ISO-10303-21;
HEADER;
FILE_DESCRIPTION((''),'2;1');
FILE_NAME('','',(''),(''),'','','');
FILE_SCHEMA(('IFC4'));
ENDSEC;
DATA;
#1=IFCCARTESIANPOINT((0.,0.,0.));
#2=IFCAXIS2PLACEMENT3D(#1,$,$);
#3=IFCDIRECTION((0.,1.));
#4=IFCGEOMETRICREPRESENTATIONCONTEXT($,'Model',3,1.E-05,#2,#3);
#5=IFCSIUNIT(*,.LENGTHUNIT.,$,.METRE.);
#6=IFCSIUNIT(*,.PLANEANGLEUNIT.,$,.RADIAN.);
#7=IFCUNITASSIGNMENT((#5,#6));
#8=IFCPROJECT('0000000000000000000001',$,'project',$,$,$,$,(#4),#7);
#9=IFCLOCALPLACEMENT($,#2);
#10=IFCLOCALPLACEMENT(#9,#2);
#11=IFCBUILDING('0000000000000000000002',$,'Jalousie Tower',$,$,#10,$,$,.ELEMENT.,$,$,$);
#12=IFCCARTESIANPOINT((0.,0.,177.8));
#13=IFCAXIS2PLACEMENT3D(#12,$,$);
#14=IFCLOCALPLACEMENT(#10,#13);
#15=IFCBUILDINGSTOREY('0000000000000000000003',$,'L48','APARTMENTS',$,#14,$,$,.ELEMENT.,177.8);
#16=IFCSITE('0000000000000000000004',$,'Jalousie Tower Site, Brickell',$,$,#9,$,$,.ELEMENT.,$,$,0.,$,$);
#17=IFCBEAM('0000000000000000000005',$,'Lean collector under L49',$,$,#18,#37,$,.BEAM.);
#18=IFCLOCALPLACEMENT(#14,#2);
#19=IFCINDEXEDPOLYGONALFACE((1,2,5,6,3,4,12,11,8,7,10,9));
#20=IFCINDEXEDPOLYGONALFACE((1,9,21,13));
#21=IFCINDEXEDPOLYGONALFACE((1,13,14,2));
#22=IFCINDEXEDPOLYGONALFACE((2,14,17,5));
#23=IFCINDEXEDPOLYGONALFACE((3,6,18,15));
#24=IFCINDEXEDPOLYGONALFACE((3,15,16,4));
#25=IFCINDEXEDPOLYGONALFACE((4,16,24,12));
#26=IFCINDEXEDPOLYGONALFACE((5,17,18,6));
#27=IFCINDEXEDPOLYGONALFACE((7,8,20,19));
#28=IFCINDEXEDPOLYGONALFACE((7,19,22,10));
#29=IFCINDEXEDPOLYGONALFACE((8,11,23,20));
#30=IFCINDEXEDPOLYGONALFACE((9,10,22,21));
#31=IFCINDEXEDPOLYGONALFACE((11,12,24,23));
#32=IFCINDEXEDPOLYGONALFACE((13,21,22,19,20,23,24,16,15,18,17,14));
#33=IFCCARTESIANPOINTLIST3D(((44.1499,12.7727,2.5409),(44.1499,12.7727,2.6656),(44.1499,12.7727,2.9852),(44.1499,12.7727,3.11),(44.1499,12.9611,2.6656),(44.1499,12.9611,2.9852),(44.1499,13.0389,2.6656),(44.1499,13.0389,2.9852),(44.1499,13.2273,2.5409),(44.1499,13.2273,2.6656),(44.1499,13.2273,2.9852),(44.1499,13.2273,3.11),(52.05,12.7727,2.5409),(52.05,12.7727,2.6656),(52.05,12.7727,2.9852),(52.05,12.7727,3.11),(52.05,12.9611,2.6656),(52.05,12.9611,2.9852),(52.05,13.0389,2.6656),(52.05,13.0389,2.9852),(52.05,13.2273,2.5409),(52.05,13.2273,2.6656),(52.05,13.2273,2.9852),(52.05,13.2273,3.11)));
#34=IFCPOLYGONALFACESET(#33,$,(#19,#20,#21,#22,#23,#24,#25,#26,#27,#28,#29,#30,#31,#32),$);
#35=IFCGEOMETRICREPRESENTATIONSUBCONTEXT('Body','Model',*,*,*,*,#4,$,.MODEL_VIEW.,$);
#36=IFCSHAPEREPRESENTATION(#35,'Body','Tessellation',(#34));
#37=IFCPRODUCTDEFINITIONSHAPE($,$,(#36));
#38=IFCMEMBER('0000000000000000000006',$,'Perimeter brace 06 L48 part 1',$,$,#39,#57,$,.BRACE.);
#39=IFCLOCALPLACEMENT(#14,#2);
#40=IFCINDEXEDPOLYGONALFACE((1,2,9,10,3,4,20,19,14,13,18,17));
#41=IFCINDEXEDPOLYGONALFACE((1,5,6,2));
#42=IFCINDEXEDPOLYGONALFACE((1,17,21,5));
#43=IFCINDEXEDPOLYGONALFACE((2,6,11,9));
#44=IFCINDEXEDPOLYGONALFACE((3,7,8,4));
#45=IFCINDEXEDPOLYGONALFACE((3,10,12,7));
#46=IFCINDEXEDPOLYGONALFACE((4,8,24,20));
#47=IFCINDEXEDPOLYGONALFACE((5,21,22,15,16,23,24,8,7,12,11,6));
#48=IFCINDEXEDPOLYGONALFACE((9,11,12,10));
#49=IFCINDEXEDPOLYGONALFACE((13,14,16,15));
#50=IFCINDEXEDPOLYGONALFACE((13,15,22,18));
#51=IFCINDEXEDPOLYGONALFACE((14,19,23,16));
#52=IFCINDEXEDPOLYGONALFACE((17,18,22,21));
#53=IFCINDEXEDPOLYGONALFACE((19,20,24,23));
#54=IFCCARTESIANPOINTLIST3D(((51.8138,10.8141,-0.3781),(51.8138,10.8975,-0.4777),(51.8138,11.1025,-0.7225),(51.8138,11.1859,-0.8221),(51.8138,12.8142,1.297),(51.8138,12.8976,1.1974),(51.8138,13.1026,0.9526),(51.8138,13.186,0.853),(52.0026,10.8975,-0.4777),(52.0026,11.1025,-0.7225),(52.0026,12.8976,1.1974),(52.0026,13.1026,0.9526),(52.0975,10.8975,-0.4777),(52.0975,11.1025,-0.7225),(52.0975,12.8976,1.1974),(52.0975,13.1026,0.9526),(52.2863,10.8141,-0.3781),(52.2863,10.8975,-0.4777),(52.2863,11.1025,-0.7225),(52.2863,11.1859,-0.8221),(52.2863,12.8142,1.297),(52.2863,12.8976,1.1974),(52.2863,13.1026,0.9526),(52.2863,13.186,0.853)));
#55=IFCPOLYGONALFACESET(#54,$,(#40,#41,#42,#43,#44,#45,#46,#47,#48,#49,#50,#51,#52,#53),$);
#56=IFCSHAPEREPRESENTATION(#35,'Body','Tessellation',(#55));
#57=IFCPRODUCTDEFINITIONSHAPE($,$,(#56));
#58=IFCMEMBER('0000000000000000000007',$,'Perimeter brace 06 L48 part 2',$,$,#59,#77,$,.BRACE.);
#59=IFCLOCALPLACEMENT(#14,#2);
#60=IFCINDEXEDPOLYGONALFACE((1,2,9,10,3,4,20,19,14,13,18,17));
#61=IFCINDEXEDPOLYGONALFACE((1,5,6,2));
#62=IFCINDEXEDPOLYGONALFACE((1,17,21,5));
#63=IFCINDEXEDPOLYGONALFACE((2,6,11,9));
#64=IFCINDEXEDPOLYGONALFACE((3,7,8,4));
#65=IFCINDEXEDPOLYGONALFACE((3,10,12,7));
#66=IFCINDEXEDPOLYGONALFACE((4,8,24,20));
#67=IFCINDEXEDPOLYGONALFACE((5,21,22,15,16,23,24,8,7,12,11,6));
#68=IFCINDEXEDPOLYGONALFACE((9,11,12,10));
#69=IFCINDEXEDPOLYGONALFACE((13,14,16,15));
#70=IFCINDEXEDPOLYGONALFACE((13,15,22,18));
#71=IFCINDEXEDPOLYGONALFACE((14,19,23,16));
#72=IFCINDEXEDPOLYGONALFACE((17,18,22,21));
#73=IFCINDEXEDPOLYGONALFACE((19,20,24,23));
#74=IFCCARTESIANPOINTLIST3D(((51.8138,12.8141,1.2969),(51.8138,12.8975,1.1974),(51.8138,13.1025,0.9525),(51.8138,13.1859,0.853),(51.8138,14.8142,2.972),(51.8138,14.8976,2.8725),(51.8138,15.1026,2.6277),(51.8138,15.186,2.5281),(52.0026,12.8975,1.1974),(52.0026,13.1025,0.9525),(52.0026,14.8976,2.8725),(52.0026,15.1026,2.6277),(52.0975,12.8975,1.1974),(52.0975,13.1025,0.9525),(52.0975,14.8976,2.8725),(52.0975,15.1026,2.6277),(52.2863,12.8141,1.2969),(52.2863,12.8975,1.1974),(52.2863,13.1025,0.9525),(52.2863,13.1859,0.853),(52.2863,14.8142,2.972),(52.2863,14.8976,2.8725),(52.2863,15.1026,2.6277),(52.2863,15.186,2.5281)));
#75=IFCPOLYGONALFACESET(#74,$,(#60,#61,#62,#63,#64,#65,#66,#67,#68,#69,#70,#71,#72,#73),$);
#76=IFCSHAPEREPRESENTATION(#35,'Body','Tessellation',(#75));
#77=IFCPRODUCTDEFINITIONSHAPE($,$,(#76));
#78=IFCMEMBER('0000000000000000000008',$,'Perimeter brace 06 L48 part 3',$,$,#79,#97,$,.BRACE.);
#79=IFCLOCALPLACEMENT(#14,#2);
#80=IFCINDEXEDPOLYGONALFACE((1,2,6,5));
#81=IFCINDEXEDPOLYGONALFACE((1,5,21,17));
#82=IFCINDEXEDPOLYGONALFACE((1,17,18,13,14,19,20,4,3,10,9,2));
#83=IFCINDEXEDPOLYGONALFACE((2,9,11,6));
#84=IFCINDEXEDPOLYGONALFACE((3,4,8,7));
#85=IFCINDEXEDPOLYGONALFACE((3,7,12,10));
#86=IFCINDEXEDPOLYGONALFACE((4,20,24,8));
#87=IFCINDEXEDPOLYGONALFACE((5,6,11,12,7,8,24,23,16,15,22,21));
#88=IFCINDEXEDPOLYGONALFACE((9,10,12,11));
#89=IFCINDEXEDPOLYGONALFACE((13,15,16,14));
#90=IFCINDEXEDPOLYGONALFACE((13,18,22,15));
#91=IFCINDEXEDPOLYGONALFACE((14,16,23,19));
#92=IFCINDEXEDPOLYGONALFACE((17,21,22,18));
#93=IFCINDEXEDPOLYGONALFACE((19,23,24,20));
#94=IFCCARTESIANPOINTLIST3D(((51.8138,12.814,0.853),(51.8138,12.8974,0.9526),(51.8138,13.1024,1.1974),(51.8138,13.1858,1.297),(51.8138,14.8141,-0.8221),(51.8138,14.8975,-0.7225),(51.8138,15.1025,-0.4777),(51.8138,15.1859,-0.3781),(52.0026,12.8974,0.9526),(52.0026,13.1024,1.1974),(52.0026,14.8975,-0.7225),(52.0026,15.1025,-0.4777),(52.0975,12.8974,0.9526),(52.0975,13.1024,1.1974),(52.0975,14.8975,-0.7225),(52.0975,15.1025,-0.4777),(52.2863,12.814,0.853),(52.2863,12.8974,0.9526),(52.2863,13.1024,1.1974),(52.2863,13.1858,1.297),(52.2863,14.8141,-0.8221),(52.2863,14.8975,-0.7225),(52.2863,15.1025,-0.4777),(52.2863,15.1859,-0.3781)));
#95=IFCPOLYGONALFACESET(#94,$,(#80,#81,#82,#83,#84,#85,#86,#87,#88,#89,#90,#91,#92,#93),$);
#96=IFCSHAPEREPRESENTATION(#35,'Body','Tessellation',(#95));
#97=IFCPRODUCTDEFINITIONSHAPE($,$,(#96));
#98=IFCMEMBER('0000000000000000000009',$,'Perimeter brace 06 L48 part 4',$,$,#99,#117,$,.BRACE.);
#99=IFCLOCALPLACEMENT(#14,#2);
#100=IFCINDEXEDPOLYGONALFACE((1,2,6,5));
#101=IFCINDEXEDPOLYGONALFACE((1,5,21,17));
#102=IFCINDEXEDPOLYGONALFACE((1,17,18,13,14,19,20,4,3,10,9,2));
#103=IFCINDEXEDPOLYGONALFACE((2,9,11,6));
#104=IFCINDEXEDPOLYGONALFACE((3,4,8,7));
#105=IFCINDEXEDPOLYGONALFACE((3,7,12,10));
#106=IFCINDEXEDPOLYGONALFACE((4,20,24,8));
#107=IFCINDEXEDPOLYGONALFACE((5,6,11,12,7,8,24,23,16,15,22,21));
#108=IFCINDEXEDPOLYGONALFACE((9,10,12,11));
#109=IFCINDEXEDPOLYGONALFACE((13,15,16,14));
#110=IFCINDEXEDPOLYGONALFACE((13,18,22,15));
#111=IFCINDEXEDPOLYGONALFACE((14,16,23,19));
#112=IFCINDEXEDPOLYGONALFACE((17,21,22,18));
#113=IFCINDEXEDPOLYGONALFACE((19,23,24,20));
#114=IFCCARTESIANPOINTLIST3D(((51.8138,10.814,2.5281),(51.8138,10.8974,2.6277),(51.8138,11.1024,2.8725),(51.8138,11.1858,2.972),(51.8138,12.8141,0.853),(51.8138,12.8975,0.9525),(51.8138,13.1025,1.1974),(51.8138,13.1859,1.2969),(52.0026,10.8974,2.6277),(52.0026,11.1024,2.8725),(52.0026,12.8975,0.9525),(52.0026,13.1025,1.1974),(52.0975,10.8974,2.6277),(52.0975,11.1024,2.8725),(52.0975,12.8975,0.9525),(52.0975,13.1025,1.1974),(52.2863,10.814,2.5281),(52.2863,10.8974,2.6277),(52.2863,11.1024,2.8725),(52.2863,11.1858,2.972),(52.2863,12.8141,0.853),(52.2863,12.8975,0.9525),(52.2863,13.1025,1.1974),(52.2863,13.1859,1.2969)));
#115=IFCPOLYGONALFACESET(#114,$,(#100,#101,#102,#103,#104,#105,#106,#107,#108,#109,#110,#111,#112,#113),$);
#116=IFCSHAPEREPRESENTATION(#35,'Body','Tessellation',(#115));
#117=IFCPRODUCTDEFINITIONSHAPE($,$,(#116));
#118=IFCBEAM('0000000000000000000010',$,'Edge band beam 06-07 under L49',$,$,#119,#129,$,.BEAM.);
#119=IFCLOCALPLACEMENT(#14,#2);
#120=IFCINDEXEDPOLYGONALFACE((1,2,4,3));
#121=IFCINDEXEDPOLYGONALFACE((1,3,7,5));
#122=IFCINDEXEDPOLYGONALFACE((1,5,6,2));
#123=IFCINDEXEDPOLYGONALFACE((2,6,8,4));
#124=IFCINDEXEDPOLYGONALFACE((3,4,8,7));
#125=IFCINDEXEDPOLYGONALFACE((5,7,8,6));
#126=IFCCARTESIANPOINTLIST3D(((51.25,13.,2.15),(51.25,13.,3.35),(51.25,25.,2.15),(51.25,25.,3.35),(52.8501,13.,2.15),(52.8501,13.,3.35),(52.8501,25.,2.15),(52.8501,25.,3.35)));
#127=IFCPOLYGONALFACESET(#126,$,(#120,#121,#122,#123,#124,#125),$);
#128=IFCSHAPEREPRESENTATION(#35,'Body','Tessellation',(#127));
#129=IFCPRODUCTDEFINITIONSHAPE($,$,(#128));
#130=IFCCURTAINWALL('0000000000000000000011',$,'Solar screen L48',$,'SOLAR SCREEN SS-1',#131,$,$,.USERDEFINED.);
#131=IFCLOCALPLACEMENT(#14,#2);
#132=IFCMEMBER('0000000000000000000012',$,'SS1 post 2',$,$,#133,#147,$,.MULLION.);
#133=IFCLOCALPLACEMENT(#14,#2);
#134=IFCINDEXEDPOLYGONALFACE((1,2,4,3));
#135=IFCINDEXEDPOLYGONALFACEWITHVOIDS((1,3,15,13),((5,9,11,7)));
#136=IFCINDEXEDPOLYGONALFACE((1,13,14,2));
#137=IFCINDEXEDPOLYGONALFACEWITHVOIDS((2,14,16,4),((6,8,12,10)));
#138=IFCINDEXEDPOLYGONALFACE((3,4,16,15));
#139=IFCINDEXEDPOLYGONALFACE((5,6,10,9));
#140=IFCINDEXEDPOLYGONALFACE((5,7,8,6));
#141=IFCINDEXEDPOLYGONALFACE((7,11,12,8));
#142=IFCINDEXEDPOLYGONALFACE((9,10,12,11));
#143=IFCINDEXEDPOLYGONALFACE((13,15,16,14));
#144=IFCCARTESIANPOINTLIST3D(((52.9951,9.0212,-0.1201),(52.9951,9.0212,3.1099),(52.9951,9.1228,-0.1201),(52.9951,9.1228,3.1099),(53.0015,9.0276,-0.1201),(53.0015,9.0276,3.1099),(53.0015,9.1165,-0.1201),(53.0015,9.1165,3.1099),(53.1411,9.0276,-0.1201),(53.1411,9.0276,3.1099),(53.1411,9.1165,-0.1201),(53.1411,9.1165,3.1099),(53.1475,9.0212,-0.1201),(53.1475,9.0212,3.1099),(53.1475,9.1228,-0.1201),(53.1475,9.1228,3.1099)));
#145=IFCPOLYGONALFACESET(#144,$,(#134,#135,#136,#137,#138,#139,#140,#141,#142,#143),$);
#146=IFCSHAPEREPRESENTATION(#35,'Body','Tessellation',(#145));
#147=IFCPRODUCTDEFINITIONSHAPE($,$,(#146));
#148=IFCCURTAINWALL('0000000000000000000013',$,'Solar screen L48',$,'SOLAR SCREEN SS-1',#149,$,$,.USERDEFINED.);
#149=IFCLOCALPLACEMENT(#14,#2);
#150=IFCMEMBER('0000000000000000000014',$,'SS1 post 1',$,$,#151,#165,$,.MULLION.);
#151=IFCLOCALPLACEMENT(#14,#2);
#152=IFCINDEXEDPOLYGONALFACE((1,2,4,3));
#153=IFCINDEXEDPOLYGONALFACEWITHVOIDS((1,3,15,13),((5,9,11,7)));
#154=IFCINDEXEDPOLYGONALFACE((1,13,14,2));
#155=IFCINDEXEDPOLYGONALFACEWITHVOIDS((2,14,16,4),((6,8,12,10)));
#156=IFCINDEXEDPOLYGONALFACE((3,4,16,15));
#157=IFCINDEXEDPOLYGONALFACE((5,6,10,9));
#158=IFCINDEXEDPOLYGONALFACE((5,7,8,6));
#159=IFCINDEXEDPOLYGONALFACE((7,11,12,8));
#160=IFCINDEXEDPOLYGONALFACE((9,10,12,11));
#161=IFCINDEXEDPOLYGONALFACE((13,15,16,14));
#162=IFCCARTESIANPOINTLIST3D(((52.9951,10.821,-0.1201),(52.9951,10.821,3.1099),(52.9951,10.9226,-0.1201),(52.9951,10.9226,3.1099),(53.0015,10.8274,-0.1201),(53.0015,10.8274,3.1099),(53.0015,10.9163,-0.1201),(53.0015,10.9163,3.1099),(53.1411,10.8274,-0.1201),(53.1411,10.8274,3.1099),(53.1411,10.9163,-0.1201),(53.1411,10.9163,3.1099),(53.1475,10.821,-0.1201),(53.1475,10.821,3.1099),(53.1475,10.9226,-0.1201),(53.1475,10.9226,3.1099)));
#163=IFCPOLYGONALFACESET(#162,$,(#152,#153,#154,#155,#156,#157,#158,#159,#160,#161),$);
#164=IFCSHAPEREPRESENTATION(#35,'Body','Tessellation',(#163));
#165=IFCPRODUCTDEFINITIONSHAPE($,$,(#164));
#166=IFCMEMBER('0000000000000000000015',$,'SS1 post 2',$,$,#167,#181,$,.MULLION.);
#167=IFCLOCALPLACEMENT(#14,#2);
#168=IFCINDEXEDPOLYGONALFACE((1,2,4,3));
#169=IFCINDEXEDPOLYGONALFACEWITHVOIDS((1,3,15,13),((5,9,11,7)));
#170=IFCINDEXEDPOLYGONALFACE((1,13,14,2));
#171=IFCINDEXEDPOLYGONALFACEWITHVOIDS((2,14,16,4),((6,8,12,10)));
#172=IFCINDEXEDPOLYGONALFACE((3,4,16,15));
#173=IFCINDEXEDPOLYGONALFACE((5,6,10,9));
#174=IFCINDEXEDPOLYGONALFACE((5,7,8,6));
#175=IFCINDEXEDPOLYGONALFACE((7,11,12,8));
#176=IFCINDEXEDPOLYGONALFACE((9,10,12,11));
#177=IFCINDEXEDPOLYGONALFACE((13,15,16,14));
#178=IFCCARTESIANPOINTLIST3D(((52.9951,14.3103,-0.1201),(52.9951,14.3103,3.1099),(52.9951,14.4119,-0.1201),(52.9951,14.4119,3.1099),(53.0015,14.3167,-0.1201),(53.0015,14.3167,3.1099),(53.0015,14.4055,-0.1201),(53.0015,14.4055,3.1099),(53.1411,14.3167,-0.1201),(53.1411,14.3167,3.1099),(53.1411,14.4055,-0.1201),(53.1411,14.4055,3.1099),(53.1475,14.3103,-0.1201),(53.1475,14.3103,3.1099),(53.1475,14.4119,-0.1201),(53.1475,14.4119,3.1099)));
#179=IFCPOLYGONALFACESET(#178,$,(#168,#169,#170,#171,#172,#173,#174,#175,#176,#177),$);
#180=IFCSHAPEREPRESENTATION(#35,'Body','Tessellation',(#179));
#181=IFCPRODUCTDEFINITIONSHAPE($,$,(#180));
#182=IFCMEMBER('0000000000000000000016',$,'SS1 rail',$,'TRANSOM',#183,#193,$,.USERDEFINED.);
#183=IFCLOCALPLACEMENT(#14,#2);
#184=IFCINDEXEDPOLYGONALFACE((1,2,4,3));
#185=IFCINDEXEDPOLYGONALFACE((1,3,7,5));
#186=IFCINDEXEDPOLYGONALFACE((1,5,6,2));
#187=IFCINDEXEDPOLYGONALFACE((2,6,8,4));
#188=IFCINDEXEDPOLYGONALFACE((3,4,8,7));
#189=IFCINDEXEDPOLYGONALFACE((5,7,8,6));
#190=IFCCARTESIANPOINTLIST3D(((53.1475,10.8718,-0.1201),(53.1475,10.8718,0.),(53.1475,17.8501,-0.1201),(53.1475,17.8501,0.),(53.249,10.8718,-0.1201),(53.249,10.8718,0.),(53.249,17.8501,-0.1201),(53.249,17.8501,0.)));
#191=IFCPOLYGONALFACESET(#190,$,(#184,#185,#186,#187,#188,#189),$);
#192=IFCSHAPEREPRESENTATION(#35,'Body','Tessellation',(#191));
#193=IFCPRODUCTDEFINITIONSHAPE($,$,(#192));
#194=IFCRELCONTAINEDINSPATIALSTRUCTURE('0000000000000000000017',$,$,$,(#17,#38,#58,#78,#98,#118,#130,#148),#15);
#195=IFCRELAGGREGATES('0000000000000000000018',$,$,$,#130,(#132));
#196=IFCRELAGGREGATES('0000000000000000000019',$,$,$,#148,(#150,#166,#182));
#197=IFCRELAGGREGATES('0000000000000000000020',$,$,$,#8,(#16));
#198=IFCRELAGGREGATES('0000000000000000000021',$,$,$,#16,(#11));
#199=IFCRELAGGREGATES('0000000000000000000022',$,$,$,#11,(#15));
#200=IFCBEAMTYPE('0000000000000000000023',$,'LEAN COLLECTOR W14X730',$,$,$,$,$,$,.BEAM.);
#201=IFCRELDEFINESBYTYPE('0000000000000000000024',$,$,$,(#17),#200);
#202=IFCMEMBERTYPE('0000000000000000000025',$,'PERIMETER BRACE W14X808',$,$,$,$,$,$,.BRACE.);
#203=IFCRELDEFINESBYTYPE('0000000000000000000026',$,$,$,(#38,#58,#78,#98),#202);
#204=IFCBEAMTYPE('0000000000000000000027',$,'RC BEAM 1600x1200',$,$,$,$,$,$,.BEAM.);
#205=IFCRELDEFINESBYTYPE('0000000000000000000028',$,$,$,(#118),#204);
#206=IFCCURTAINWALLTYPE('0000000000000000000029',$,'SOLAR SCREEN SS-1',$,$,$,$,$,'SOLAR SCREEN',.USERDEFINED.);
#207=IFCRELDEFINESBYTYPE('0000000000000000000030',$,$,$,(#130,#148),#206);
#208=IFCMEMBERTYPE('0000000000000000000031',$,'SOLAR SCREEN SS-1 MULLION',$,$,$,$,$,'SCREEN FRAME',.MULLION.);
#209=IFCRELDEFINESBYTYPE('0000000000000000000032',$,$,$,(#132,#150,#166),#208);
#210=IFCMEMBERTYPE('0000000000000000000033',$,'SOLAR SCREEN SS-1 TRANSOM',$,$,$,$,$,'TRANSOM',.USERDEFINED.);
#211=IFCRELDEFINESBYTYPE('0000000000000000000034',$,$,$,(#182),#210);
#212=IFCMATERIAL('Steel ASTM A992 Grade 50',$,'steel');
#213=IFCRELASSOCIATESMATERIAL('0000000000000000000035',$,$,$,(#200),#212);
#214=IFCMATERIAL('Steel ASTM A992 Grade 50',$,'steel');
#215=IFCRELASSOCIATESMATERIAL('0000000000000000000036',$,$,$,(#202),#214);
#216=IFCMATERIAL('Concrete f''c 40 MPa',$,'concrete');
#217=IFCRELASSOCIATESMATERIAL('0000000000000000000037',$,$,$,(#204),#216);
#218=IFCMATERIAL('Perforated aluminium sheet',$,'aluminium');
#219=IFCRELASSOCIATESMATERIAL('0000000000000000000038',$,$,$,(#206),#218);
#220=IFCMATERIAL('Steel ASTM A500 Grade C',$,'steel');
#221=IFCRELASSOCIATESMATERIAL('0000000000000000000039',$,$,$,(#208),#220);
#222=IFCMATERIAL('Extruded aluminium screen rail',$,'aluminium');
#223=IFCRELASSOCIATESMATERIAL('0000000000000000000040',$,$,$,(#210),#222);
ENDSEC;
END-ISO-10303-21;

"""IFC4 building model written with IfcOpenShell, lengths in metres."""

from ifc_helpers import new_model, si_unit, direction, frame, origin, origin_2d, place, context, subcontext, project, spatial, rectangle, hollow_rectangle, i_section, extrude, material, material_profile, profile_set, type_object, element, aggregate, save


model = new_model("IFC4")

# Units and contexts
model_context = context("Model", 3, precision=1e-05, world=origin(), true_north=direction((0.0, 1.0)))
body_context = subcontext(model_context, "Body", "Model", "MODEL_VIEW")
ifc_project = project(units=[si_unit("LENGTHUNIT", "METRE"), si_unit("PLANEANGLEUNIT", "RADIAN")], contexts=[model_context])

# Site, building, storey
site_placement = place(None, origin())
site = spatial("IfcSite", under=ifc_project, at=site_placement, Name="Jalousie Tower Site, Brickell", CompositionType="ELEMENT", RefElevation=0.0)
building_placement = place(site_placement, origin())
building = spatial("IfcBuilding", under=site, at=building_placement, Name="Jalousie Tower", CompositionType="ELEMENT")
storey_placement = place(building_placement, frame((0.0, 0.0, 177.8)))
storey = spatial("IfcBuildingStorey", under=building, at=storey_placement, Name="L48", Description="APARTMENTS", CompositionType="ELEMENT", Elevation=177.8)

# Beam
ifc_material_1 = material(Name="Steel ASTM A992 Grade 50", Category="steel")
ifc_material_profile_1 = material_profile(ifc_material_1, i_section(OverallWidth=0.4546, OverallDepth=0.5691, WebThickness=0.0779, FlangeThickness=0.1248, at=origin_2d()), Name="W14X730")
ifc_profile_set_1 = profile_set([ifc_material_profile_1], Name="Steel ASTM A992 Grade 50")
beam_type_1 = type_object("IfcBeamType", Name="LEAN COLLECTOR W14X730", PredefinedType="BEAM", material=ifc_profile_set_1)
beam_1_placement = place(storey_placement, frame((52.05, 13.0, 2.8254), z_axis=(-1.0, 0.0, 0.0), x_axis=(0.0, -1.0, 0.0)))
element("IfcBeam", 1, at=beam_1_placement, inside=storey, type_object=beam_type_1, Name="Lean collector under L49", PredefinedType="BEAM", context=body_context, shape_type="SweptSolid", body=[
    extrude(i_section(OverallWidth=0.4546, OverallDepth=0.5691, WebThickness=0.0779, FlangeThickness=0.1248, at=origin_2d()), origin(), (0.0, 0.0, 1.0), 7.9001),
])

# Members
ifc_material_2 = material(Name="Steel ASTM A992 Grade 50", Category="steel")
ifc_material_profile_2 = material_profile(ifc_material_2, i_section(OverallWidth=0.4724, OverallDepth=0.5791, WebThickness=0.095, FlangeThickness=0.1299, at=origin_2d()), Name="W14X808")
ifc_profile_set_2 = profile_set([ifc_material_profile_2], Name="Steel ASTM A992 Grade 50")
member_type_1 = type_object("IfcMemberType", Name="PERIMETER BRACE W14X808", PredefinedType="BRACE", material=ifc_profile_set_2)
for number, where, z_axis, x_axis, name in (
    (2, (52.05, 11.0, -0.6001), (0.0, 0.766639, 0.642079), (-1.0, 0.0, 0.0), "Perimeter brace 06 L48 part 1"),
    (3, (52.05, 13.0, 1.075), (0.0, 0.766639, 0.642079), (-1.0, 0.0, 0.0), "Perimeter brace 06 L48 part 2"),
    (4, (52.05, 15.0, -0.6001), (0.0, -0.766639, 0.642079), (1.0, 0.0, 0.0), "Perimeter brace 06 L48 part 3"),
    (5, (52.05, 13.0, 1.075), (0.0, -0.766639, 0.642079), (1.0, 0.0, 0.0), "Perimeter brace 06 L48 part 4"),
):
    element("IfcMember", number, at=place(storey_placement, frame(where, z_axis=z_axis, x_axis=x_axis)), inside=storey, type_object=member_type_1, Name=name, PredefinedType="BRACE", context=body_context, shape_type="SweptSolid", body=[
        extrude(i_section(OverallWidth=0.4724, OverallDepth=0.5791, WebThickness=0.095, FlangeThickness=0.1299, at=origin_2d()), origin(), (0.0, 0.0, 1.0), 2.6089),
    ])

# Beam
ifc_material_3 = material(Name="Concrete f'c 40 MPa", Category="concrete")
ifc_material_profile_3 = material_profile(ifc_material_3, rectangle(XDim=1.6001, YDim=1.2, at=origin_2d()), Name="RC 1600x1200")
ifc_profile_set_3 = profile_set([ifc_material_profile_3], Name="Concrete f'c 40 MPa")
beam_type_2 = type_object("IfcBeamType", Name="RC BEAM 1600x1200", PredefinedType="BEAM", material=ifc_profile_set_3)
beam_2_placement = place(storey_placement, frame((52.05, 13.0, 2.75), z_axis=(0.0, 1.0, 0.0), x_axis=(-1.0, 0.0, 0.0)))
element("IfcBeam", 6, at=beam_2_placement, inside=storey, type_object=beam_type_2, Name="Edge band beam 06-07 under L49", PredefinedType="BEAM", context=body_context, shape_type="SweptSolid", body=[
    extrude(rectangle(XDim=1.6001, YDim=1.2, at=origin_2d()), origin(), (0.0, 0.0, 1.0), 12.0),
])

# Curtain wall, member
ifc_material_4 = material(Name="Perforated aluminium sheet", Category="aluminium")
curtain_wall_type = type_object("IfcCurtainWallType", Name="SOLAR SCREEN SS-1", ElementType="SOLAR SCREEN", PredefinedType="USERDEFINED", material=ifc_material_4)
curtain_wall_1_placement = place(storey_placement, origin())
curtain_wall_1 = element("IfcCurtainWall", 7, at=curtain_wall_1_placement, inside=storey, type_object=curtain_wall_type, Name="Solar screen L48", ObjectType="SOLAR SCREEN SS-1", PredefinedType="USERDEFINED")
ifc_material_5 = material(Name="Steel ASTM A500 Grade C", Category="steel")
ifc_material_profile_4 = material_profile(ifc_material_5, hollow_rectangle(XDim=0.1016, YDim=0.1523, WallThickness=0.0063, at=origin_2d()), Name="HSS6X4X1/4")
ifc_profile_set_4 = profile_set([ifc_material_profile_4], Name="Steel ASTM A500 Grade C")
member_type_2 = type_object("IfcMemberType", Name="SOLAR SCREEN SS-1 MULLION", ElementType="SCREEN FRAME", PredefinedType="MULLION", material=ifc_profile_set_4)
member_1_placement = place(storey_placement, frame((53.0713, 9.072, -0.1201), z_axis=(0.0, 0.0, 1.0), x_axis=(0.0, 1.0, 0.0)))
member_1 = element("IfcMember", 8, at=member_1_placement, type_object=member_type_2, Name="SS1 post 2", PredefinedType="MULLION", context=body_context, shape_type="SweptSolid", body=[
    extrude(hollow_rectangle(XDim=0.1016, YDim=0.1523, WallThickness=0.0063, at=origin_2d()), origin(), (0.0, 0.0, 1.0), 3.23),
])

# Curtain wall, members
curtain_wall_2_placement = place(storey_placement, origin())
curtain_wall_2 = element("IfcCurtainWall", 9, at=curtain_wall_2_placement, inside=storey, type_object=curtain_wall_type, Name="Solar screen L48", ObjectType="SOLAR SCREEN SS-1", PredefinedType="USERDEFINED")
member_2_placement = place(storey_placement, frame((53.0713, 10.8718, -0.1201), z_axis=(0.0, 0.0, 1.0), x_axis=(0.0, 1.0, 0.0)))
member_2 = element("IfcMember", 10, at=member_2_placement, type_object=member_type_2, Name="SS1 post 1", PredefinedType="MULLION", context=body_context, shape_type="SweptSolid", body=[
    extrude(hollow_rectangle(XDim=0.1016, YDim=0.1523, WallThickness=0.0063, at=origin_2d()), origin(), (0.0, 0.0, 1.0), 3.23),
])
member_3_placement = place(storey_placement, frame((53.0713, 14.3611, -0.1201), z_axis=(0.0, 0.0, 1.0), x_axis=(0.0, 1.0, 0.0)))
member_3 = element("IfcMember", 11, at=member_3_placement, type_object=member_type_2, Name="SS1 post 2", PredefinedType="MULLION", context=body_context, shape_type="SweptSolid", body=[
    extrude(hollow_rectangle(XDim=0.1016, YDim=0.1523, WallThickness=0.0063, at=origin_2d()), origin(), (0.0, 0.0, 1.0), 3.23),
])
ifc_material_6 = material(Name="Extruded aluminium screen rail", Category="aluminium")
ifc_material_profile_5 = material_profile(ifc_material_6, rectangle(XDim=0.1016, YDim=0.1201, at=origin_2d()), Name="RAIL 102x120")
ifc_profile_set_5 = profile_set([ifc_material_profile_5], Name="Extruded aluminium screen rail")
member_type_3 = type_object("IfcMemberType", Name="SOLAR SCREEN SS-1 TRANSOM", ElementType="TRANSOM", PredefinedType="USERDEFINED", material=ifc_profile_set_5)
member_4_placement = place(storey_placement, frame((53.1982, 10.8718, -0.0601), z_axis=(0.0, 1.0, 0.0), x_axis=(-1.0, 0.0, 0.0)))
member_4 = element("IfcMember", 12, at=member_4_placement, type_object=member_type_3, Name="SS1 rail", ObjectType="TRANSOM", PredefinedType="USERDEFINED", context=body_context, shape_type="SweptSolid", body=[
    extrude(rectangle(XDim=0.1016, YDim=0.1201, at=origin_2d()), origin(), (0.0, 0.0, 1.0), 6.9783),
])

aggregate(curtain_wall_1, [member_1])
aggregate(curtain_wall_2, [member_2, member_3, member_4])

save(model, "model.ifc")
